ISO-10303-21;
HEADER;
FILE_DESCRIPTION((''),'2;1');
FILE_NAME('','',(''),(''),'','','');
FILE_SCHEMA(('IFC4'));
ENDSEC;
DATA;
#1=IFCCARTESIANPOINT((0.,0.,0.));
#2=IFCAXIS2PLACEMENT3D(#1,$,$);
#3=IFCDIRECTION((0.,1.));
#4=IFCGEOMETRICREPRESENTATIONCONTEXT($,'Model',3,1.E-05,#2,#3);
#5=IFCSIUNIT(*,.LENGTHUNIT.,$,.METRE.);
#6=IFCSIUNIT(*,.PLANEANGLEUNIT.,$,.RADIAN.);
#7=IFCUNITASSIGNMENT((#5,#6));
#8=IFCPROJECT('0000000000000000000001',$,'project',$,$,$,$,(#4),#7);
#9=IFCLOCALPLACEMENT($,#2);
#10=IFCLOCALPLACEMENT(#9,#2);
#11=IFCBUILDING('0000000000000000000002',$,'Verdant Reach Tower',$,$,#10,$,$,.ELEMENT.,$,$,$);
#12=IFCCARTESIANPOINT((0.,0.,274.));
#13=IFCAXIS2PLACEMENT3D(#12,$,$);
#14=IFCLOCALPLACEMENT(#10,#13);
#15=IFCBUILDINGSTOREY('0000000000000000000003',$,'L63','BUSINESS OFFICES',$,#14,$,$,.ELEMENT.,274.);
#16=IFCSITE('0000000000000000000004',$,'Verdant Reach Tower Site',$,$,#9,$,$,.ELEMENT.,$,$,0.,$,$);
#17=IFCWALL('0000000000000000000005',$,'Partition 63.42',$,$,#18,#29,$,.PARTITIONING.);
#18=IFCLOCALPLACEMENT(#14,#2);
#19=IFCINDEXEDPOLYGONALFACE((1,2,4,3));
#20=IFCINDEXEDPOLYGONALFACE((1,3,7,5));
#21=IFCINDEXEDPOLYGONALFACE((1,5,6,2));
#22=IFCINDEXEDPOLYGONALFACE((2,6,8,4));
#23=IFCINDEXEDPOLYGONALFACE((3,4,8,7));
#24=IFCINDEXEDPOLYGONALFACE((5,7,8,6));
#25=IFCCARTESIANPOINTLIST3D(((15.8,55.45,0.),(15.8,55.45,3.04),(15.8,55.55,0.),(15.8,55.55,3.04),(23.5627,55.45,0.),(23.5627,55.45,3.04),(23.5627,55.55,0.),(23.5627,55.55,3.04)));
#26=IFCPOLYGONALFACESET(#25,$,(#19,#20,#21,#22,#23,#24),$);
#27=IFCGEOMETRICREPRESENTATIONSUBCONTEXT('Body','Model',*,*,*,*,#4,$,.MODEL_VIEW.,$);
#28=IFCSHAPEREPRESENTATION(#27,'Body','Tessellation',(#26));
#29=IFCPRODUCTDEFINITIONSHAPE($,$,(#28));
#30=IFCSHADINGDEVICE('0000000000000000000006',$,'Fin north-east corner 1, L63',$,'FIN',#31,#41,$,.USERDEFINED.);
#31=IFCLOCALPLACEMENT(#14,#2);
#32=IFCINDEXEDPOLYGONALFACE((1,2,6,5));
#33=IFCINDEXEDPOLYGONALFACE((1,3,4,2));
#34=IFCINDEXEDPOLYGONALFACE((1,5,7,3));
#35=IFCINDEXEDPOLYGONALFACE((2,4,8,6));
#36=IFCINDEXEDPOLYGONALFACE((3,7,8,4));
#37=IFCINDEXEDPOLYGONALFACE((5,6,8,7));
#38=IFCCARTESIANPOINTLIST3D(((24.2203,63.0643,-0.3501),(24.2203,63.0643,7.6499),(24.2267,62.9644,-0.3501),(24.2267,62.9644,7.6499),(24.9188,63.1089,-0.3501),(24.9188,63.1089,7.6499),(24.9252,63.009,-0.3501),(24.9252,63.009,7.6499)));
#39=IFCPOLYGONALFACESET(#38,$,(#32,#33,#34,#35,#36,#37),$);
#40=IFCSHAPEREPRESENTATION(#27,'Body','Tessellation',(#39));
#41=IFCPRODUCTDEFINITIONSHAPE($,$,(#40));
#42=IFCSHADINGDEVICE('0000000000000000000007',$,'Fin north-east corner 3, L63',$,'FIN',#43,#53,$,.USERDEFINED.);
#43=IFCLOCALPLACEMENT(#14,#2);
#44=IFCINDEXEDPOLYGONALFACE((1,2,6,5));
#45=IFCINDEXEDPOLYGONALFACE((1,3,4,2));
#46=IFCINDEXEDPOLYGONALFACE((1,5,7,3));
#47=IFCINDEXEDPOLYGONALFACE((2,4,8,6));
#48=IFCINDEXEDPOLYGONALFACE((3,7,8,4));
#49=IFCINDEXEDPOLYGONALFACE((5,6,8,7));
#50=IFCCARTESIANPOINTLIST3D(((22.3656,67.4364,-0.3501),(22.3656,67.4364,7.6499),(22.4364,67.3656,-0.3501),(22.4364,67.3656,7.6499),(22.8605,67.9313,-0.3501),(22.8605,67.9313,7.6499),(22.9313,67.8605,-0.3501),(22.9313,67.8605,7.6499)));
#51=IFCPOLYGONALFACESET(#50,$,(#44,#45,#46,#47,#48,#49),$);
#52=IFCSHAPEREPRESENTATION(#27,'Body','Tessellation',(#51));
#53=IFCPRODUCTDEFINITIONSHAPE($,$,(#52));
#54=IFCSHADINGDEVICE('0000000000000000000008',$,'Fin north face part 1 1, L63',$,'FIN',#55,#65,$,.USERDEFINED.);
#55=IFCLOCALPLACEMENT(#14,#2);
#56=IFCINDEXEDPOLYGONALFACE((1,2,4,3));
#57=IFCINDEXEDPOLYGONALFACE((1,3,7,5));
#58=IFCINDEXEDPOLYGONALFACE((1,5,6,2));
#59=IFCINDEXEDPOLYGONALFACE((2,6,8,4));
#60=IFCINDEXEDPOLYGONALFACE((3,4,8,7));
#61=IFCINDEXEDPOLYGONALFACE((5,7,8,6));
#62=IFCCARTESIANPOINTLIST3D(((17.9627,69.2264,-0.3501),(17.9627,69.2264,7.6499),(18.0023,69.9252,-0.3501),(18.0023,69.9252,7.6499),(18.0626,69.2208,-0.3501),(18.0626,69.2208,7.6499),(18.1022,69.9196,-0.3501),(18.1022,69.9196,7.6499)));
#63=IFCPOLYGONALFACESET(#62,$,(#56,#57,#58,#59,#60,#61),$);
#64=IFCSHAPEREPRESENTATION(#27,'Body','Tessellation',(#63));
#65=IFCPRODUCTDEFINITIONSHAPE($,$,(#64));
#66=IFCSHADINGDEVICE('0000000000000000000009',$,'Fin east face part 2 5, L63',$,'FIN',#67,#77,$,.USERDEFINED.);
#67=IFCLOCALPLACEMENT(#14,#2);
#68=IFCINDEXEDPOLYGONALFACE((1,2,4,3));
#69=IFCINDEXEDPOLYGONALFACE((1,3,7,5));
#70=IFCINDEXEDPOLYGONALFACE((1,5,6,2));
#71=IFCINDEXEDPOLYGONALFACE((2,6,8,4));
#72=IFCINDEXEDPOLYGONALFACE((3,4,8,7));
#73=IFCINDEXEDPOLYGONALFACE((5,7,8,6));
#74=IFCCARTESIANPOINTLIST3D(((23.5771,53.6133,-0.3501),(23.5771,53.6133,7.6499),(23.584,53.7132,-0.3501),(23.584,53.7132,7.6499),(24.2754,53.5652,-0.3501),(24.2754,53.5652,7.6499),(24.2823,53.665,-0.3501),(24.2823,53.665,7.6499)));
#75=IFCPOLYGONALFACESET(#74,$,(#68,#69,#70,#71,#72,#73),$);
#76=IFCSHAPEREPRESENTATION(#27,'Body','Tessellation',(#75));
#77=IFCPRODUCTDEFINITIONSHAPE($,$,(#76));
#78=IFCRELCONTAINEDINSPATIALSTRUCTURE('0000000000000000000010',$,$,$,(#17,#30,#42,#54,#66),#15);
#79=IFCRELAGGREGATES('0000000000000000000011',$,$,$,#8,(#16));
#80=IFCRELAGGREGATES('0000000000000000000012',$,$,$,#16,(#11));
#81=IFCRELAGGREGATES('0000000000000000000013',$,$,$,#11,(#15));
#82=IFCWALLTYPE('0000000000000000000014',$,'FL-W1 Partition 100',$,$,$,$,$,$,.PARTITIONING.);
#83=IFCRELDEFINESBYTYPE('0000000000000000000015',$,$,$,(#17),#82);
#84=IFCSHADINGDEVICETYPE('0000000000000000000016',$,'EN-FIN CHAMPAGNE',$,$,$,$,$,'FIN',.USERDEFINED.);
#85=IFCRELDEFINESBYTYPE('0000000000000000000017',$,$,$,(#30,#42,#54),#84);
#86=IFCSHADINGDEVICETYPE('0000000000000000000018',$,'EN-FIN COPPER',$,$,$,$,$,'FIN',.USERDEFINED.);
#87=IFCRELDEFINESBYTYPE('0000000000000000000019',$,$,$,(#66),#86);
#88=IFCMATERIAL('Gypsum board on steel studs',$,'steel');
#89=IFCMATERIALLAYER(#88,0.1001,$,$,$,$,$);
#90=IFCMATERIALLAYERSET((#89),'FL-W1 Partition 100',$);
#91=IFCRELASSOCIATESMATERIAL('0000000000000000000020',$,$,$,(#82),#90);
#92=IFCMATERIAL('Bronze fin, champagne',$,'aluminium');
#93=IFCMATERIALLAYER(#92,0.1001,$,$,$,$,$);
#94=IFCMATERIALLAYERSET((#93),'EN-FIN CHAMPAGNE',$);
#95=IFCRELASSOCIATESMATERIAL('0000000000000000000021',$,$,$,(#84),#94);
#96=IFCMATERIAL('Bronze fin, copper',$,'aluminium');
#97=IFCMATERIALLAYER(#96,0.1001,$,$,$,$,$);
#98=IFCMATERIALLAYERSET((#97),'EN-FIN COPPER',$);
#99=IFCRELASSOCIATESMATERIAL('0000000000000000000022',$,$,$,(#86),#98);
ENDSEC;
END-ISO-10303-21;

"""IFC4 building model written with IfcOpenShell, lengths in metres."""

from ifc_helpers import new_model, si_unit, direction, frame, frame_2d, origin, origin_2d, place, context, subcontext, project, spatial, rectangle, extrude, material, layer, layer_set, type_object, element, save


model = new_model("IFC4")

# Units and contexts
model_context = context("Model", 3, precision=1e-05, world=origin(), true_north=direction((0.0, 1.0)))
body_context = subcontext(model_context, "Body", "Model", "MODEL_VIEW")
ifc_project = project(units=[si_unit("LENGTHUNIT", "METRE"), si_unit("PLANEANGLEUNIT", "RADIAN")], contexts=[model_context])

# Site, building, storey
site_placement = place(None, origin())
site = spatial("IfcSite", under=ifc_project, at=site_placement, Name="Verdant Reach Tower Site", CompositionType="ELEMENT", RefElevation=0.0)
building_placement = place(site_placement, origin())
building = spatial("IfcBuilding", under=site, at=building_placement, Name="Verdant Reach Tower", CompositionType="ELEMENT")
storey_placement = place(building_placement, frame((0.0, 0.0, 274.0)))
storey = spatial("IfcBuildingStorey", under=building, at=storey_placement, Name="L63", Description="BUSINESS OFFICES", CompositionType="ELEMENT", Elevation=274.0)

# Wall
ifc_material_1 = material(Name="Gypsum board on steel studs", Category="steel")
ifc_layer_1 = layer(ifc_material_1, 0.1001)
ifc_layer_set_1 = layer_set([ifc_layer_1], Name="FL-W1 Partition 100")
wall_type = type_object("IfcWallType", Name="FL-W1 Partition 100", PredefinedType="PARTITIONING", material=ifc_layer_set_1)
wall_placement = place(storey_placement, frame((23.5627, 55.5, 0.0), z_axis=(0.0, 0.0, 1.0), x_axis=(-1.0, 0.0, 0.0)))
element("IfcWall", 1, at=wall_placement, inside=storey, type_object=wall_type, Name="Partition 63.42", PredefinedType="PARTITIONING", context=body_context, shape_type="SweptSolid", body=[
    extrude(rectangle(XDim=7.7627, YDim=0.1001, at=frame_2d((3.8813, 0.0))), origin(), (0.0, 0.0, 1.0), 3.04),
])

# Shading devices
ifc_material_2 = material(Name="Bronze fin, champagne", Category="aluminium")
ifc_layer_2 = layer(ifc_material_2, 0.1001)
ifc_layer_set_2 = layer_set([ifc_layer_2], Name="EN-FIN CHAMPAGNE")
shading_device_type_1 = type_object("IfcShadingDeviceType", Name="EN-FIN CHAMPAGNE", ElementType="FIN", PredefinedType="USERDEFINED", material=ifc_layer_set_2)
for number, where, z_axis, x_axis, name in (
    (2, (24.5728, 63.0366, -0.3501), (0.0, 0.0, 1.0), (-0.063699, 0.997969, 0.0), "Fin north-east corner 1, L63"),
    (3, (22.6484, 67.6484, -0.3501), (0.0, 0.0, 1.0), (-0.707107, 0.707107, 0.0), "Fin north-east corner 3, L63"),
    (4, (18.0325, 69.573, -0.3501), (0.0, 0.0, 1.0), (-0.998399, 0.056569, 0.0), "Fin north face part 1 1, L63"),
):
    element("IfcShadingDevice", number, at=place(storey_placement, frame(where, z_axis=z_axis, x_axis=x_axis)), inside=storey, type_object=shading_device_type_1, Name=name, ObjectType="FIN", PredefinedType="USERDEFINED", context=body_context, shape_type="SweptSolid", body=[
        extrude(rectangle(XDim=0.1001, YDim=0.7, at=origin_2d()), origin(), (0.0, 0.0, 1.0), 8.0),
    ])
ifc_material_3 = material(Name="Bronze fin, copper", Category="aluminium")
ifc_layer_3 = layer(ifc_material_3, 0.1001)
ifc_layer_set_3 = layer_set([ifc_layer_3], Name="EN-FIN COPPER")
shading_device_type_2 = type_object("IfcShadingDeviceType", Name="EN-FIN COPPER", ElementType="FIN", PredefinedType="USERDEFINED", material=ifc_layer_set_3)
shading_device_placement = place(storey_placement, frame((23.9297, 53.6392, -0.3501), z_axis=(0.0, 0.0, 1.0), x_axis=(0.068802, 0.99763, 0.0)))
element("IfcShadingDevice", 5, at=shading_device_placement, inside=storey, type_object=shading_device_type_2, Name="Fin east face part 2 5, L63", ObjectType="FIN", PredefinedType="USERDEFINED", context=body_context, shape_type="SweptSolid", body=[
    extrude(rectangle(XDim=0.1001, YDim=0.7, at=origin_2d()), origin(), (0.0, 0.0, 1.0), 8.0),
])

save(model, "model.ifc")
